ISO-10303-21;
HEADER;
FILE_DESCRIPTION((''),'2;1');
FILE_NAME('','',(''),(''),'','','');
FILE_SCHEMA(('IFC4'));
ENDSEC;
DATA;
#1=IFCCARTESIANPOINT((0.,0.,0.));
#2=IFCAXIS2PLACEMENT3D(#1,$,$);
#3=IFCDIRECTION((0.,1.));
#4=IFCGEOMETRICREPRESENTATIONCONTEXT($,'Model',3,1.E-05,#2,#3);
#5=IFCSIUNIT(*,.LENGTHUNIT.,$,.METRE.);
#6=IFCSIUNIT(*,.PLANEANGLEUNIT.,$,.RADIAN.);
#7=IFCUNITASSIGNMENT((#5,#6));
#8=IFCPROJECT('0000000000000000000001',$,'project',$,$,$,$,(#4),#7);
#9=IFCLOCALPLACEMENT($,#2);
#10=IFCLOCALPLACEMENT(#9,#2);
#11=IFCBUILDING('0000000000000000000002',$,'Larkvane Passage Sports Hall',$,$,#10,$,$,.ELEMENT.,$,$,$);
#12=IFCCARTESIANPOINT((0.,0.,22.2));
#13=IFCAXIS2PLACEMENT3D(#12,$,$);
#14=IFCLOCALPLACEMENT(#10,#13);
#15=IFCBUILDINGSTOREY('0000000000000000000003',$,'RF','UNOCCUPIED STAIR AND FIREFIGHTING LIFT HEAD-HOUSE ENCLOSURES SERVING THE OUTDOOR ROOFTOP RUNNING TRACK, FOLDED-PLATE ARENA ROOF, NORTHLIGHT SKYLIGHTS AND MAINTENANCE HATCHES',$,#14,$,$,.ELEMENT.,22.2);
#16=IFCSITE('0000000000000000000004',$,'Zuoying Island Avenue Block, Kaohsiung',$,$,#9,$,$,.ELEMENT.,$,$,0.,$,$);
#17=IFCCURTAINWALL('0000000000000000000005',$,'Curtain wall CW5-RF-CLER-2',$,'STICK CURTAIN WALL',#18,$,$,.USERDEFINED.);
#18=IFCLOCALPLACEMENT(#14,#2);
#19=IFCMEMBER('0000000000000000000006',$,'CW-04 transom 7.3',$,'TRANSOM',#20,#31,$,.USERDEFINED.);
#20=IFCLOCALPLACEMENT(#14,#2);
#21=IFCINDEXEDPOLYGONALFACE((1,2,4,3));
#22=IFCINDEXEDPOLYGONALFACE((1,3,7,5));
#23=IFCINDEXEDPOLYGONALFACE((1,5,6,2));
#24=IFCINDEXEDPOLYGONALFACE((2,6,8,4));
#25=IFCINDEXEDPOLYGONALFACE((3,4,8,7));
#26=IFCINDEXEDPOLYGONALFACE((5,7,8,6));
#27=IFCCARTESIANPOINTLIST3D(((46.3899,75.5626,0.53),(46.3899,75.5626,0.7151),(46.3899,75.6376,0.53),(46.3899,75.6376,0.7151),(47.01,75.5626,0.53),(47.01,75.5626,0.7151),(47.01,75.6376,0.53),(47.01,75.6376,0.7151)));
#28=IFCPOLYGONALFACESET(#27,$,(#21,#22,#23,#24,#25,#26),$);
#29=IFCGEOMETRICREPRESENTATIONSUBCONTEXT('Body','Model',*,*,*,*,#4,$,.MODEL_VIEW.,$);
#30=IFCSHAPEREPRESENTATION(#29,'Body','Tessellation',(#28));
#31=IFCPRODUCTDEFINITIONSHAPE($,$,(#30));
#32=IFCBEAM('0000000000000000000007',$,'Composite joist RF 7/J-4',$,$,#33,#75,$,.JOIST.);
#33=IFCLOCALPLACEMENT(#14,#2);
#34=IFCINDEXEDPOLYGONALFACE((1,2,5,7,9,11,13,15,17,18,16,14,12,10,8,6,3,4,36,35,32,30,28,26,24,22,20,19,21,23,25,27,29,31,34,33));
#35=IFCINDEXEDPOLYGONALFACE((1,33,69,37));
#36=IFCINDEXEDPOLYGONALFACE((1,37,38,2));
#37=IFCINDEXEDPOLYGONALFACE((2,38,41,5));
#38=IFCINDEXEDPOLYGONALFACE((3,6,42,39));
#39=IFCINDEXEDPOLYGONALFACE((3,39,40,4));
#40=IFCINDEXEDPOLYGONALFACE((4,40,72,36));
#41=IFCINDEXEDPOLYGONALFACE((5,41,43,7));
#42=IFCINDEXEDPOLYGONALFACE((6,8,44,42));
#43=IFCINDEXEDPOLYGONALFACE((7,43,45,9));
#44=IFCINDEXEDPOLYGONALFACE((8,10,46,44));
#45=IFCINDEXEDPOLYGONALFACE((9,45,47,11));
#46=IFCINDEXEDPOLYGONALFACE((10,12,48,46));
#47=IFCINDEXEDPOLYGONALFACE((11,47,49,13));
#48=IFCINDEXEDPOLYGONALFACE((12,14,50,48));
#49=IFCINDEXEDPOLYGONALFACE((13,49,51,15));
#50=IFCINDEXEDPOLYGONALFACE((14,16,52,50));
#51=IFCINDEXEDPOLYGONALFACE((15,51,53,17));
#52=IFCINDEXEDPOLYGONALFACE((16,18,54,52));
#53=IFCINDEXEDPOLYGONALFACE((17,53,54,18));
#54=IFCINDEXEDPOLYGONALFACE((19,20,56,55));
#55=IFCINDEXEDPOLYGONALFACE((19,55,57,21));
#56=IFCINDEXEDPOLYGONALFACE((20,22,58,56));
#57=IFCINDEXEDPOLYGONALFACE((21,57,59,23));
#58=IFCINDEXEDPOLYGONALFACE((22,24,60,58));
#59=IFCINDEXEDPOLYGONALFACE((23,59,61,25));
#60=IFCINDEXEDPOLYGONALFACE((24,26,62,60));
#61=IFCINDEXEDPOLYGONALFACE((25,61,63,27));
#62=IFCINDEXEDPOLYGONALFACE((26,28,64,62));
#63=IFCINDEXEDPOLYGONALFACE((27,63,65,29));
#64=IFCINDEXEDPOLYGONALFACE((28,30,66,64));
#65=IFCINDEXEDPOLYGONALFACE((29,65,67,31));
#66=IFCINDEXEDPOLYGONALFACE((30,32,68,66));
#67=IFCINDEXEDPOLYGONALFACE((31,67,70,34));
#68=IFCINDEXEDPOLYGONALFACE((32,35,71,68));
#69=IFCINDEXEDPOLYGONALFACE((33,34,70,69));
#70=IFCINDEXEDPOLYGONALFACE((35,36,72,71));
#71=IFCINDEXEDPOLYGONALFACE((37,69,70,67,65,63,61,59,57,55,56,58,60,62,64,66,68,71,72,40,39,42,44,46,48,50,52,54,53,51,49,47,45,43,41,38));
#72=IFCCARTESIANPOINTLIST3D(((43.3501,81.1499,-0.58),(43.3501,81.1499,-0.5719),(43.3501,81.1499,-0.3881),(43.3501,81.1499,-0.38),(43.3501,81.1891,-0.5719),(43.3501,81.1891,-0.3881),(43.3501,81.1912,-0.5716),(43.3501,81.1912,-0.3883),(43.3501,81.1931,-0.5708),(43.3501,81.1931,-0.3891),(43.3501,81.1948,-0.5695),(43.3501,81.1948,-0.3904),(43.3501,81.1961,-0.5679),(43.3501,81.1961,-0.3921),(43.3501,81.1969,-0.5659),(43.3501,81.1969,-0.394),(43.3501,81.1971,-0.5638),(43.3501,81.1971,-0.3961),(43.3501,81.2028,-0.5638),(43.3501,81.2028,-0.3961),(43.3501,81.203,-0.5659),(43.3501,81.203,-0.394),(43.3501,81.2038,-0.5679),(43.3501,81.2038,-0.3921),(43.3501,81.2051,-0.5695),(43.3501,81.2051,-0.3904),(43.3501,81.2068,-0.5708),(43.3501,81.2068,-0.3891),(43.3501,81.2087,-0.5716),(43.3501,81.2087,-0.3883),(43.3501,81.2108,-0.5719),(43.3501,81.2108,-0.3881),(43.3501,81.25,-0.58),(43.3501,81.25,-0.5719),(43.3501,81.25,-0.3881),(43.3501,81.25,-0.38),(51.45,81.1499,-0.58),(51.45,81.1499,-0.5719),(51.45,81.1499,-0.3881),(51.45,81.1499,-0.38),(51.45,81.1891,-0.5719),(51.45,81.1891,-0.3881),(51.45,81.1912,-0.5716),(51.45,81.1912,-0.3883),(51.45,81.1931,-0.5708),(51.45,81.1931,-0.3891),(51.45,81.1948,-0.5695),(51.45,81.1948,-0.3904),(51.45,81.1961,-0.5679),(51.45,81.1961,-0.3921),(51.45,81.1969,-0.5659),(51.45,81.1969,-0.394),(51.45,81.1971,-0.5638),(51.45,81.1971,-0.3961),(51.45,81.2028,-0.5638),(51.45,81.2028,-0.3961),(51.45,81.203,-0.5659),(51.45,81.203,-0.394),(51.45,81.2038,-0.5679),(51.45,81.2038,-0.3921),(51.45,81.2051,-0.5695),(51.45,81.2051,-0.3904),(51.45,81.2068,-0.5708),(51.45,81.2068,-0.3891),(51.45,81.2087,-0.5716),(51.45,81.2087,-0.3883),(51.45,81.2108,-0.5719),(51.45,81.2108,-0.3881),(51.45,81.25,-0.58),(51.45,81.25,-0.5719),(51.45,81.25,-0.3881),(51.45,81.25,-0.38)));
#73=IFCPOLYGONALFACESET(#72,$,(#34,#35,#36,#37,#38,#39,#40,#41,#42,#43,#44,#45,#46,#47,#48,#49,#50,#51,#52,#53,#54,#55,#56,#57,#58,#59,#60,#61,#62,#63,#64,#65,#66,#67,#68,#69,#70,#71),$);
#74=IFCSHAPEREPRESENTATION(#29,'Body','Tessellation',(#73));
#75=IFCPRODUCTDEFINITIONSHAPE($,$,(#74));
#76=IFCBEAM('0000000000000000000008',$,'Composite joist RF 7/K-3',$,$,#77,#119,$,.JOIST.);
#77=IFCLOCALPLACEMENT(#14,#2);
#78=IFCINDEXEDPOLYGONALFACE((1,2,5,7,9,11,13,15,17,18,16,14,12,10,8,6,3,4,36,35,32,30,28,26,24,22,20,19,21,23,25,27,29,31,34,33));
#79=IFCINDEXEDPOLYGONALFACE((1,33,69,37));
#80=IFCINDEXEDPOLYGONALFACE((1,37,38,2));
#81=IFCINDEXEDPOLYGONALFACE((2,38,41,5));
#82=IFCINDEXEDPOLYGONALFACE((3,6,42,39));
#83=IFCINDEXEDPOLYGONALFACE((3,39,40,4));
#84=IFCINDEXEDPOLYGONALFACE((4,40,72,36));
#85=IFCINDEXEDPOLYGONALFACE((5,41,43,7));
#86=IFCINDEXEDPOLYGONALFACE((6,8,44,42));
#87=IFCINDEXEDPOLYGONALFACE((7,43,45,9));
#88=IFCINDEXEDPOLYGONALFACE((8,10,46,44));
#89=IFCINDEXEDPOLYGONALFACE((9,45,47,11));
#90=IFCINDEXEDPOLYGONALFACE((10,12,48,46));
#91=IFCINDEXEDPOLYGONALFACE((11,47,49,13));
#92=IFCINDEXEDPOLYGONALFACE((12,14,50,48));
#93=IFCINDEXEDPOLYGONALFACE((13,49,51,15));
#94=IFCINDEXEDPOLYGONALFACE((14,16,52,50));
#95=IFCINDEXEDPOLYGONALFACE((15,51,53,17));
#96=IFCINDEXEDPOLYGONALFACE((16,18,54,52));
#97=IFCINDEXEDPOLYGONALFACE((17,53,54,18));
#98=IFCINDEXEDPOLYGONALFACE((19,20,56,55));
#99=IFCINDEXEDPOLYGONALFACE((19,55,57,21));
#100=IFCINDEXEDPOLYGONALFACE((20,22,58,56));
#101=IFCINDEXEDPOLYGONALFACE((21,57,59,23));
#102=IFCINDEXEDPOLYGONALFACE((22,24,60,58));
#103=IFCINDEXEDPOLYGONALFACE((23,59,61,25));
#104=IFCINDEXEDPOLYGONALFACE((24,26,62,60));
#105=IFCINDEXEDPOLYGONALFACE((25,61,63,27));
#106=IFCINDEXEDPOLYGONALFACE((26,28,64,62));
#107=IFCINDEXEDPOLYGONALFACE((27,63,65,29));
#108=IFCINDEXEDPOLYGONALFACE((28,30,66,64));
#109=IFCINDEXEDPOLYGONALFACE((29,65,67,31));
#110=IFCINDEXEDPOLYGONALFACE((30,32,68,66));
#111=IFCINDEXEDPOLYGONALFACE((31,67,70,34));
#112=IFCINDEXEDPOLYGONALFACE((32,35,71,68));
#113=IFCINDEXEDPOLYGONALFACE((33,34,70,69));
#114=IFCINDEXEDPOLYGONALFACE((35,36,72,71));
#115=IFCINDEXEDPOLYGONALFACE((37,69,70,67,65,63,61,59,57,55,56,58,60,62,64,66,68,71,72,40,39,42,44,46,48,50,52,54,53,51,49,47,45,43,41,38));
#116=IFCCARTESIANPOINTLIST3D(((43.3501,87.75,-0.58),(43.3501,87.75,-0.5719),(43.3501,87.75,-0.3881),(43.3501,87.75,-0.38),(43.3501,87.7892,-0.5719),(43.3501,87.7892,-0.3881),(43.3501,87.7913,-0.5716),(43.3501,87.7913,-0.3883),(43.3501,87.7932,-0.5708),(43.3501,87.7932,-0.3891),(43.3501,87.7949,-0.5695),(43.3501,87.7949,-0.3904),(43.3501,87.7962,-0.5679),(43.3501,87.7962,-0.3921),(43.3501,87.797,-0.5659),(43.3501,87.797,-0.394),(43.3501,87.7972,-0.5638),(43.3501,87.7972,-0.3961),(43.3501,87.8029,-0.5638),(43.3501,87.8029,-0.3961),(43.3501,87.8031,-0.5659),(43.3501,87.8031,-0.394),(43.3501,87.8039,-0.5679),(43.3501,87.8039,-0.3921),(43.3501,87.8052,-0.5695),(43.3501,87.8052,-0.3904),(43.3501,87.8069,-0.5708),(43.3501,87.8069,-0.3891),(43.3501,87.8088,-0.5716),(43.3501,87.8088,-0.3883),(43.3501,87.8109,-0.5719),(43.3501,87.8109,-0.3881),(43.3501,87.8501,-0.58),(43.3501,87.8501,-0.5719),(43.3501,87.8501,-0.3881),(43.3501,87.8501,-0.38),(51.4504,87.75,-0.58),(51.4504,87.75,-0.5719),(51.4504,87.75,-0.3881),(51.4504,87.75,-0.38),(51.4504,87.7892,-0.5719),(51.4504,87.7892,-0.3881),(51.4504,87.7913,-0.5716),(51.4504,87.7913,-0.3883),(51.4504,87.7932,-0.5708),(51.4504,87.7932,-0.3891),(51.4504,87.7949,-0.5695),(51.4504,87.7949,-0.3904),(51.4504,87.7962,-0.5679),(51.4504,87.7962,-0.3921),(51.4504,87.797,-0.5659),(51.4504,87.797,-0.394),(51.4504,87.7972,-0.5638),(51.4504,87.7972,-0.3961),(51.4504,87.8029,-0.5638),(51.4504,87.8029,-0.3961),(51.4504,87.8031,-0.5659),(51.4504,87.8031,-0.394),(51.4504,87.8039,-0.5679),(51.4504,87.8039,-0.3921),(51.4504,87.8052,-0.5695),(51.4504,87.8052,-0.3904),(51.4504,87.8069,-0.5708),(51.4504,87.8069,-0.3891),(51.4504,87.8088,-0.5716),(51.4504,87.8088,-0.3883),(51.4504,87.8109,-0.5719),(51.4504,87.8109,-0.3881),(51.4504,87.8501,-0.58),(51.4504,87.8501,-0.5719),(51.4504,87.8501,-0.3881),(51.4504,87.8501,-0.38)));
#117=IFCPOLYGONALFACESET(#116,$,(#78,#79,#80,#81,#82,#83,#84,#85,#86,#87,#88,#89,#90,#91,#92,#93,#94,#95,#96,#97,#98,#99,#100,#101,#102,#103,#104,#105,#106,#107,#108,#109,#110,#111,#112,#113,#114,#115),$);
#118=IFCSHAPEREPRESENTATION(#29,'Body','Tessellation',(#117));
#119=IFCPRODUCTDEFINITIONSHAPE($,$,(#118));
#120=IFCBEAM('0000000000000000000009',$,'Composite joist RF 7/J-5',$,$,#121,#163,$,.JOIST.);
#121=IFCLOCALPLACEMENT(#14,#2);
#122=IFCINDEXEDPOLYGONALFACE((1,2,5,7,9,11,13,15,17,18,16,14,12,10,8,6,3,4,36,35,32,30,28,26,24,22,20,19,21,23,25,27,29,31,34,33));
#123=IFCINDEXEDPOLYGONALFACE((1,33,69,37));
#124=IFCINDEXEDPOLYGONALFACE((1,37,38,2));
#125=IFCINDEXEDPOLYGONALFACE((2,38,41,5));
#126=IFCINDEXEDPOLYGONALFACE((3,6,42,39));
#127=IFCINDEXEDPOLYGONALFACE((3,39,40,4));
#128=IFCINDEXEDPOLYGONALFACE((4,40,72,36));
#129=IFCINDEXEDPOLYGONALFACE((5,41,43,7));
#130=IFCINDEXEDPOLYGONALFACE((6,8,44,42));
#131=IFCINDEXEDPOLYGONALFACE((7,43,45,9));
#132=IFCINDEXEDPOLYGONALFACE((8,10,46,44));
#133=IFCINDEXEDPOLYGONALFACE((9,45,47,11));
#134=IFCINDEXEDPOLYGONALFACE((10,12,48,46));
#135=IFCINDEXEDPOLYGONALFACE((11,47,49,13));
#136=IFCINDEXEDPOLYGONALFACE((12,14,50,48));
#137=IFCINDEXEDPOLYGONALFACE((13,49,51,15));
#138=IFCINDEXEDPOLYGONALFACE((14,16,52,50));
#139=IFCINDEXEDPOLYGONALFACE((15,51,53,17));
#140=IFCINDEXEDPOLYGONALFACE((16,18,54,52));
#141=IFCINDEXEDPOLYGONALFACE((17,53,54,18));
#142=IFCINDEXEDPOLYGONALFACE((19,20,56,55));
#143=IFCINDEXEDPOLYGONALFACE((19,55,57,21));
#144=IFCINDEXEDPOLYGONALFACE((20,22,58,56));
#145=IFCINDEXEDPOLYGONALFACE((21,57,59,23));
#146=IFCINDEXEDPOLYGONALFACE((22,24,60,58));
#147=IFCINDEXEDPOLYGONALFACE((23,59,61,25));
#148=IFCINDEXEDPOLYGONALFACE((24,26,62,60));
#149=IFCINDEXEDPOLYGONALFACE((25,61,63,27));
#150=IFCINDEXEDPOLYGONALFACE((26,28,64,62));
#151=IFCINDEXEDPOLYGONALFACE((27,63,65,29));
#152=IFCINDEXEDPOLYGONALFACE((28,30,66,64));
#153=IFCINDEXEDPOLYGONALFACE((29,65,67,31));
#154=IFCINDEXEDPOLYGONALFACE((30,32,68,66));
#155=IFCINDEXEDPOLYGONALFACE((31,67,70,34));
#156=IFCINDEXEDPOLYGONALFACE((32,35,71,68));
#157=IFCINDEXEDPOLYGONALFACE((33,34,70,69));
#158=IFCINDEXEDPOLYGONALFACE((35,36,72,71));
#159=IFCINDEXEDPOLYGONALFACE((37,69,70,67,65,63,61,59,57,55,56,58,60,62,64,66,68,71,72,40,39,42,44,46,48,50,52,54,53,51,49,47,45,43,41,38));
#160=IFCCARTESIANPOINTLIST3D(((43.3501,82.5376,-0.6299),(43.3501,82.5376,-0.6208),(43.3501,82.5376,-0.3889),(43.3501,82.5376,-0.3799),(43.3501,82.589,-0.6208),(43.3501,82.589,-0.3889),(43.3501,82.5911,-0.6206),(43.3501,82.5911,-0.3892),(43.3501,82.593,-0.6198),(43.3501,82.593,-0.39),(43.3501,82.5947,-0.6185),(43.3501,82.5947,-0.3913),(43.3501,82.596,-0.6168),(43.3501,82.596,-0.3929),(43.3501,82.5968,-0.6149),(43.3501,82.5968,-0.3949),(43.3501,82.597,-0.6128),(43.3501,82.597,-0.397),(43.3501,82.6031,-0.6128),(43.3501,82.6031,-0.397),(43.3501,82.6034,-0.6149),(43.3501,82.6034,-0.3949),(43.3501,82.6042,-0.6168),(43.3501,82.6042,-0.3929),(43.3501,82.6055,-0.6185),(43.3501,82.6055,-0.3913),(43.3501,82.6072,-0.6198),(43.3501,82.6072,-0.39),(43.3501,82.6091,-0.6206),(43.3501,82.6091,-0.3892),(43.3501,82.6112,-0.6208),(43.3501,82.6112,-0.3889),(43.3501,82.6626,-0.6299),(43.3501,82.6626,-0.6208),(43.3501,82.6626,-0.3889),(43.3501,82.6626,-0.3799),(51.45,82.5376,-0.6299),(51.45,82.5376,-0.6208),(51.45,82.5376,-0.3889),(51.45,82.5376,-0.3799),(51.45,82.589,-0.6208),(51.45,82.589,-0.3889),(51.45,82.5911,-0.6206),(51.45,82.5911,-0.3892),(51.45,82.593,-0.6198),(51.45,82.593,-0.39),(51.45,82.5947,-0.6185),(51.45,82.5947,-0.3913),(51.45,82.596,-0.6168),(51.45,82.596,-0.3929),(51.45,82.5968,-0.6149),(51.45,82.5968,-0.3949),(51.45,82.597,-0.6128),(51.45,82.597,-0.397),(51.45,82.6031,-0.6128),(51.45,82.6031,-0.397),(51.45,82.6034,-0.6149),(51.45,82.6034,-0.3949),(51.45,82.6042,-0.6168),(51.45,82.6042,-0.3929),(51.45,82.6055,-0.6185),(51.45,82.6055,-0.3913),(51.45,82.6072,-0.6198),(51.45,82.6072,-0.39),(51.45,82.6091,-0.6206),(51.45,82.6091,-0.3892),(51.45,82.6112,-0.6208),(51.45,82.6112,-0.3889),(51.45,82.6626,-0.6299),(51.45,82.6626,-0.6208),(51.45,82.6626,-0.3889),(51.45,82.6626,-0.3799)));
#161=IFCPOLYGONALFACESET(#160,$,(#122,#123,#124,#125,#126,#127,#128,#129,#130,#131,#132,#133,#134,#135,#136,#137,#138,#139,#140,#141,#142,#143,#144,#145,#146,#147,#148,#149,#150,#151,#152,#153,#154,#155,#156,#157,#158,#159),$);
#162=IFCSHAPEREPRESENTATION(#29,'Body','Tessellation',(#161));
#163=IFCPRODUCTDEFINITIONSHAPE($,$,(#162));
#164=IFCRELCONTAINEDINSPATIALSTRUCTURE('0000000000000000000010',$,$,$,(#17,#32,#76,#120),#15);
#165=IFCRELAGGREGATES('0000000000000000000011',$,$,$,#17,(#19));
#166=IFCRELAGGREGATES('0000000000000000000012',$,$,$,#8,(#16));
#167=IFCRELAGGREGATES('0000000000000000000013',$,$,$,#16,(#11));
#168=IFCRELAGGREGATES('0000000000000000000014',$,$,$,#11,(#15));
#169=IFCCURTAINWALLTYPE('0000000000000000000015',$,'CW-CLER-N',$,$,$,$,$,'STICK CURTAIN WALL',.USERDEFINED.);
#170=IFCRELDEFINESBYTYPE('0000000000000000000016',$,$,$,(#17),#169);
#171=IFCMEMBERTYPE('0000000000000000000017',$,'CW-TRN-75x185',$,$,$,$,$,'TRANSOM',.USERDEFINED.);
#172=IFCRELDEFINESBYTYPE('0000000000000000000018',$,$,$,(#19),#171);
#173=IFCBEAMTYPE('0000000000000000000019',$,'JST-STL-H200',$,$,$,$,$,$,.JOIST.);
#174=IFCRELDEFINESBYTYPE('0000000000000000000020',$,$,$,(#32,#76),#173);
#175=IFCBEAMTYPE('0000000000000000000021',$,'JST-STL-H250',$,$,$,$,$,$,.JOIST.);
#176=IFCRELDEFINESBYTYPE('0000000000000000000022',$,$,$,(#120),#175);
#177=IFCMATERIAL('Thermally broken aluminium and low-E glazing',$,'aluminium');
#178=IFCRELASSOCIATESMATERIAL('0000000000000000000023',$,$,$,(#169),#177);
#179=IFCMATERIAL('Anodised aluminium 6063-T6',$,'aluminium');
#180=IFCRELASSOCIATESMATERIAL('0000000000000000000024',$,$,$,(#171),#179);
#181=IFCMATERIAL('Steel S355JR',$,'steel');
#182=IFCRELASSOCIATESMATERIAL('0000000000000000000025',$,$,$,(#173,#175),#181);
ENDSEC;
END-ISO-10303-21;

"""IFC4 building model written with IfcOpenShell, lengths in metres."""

from ifc_helpers import new_model, si_unit, direction, frame, origin, origin_2d, place, context, subcontext, project, spatial, rectangle, i_section, extrude, material, material_profile, profile_set, type_object, element, aggregate, save


model = new_model("IFC4")

# Units and contexts
model_context = context("Model", 3, precision=1e-05, world=origin(), true_north=direction((0.0, 1.0)))
body_context = subcontext(model_context, "Body", "Model", "MODEL_VIEW")
ifc_project = project(units=[si_unit("LENGTHUNIT", "METRE"), si_unit("PLANEANGLEUNIT", "RADIAN")], contexts=[model_context])

# Site, building, storey
site_placement = place(None, origin())
site = spatial("IfcSite", under=ifc_project, at=site_placement, Name="Zuoying Island Avenue Block, Kaohsiung", CompositionType="ELEMENT", RefElevation=0.0)
building_placement = place(site_placement, origin())
building = spatial("IfcBuilding", under=site, at=building_placement, Name="Larkvane Passage Sports Hall", CompositionType="ELEMENT")
storey_placement = place(building_placement, frame((0.0, 0.0, 22.2)))
storey = spatial("IfcBuildingStorey", under=building, at=storey_placement, Name="RF", Description="UNOCCUPIED STAIR AND FIREFIGHTING LIFT HEAD-HOUSE ENCLOSURES SERVING THE OUTDOOR ROOFTOP RUNNING TRACK, FOLDED-PLATE ARENA ROOF, NORTHLIGHT SKYLIGHTS AND MAINTENANCE HATCHES", CompositionType="ELEMENT", Elevation=22.2)

# Curtain wall, member
ifc_material_1 = material(Name="Thermally broken aluminium and low-E glazing", Category="aluminium")
curtain_wall_type = type_object("IfcCurtainWallType", Name="CW-CLER-N", ElementType="STICK CURTAIN WALL", PredefinedType="USERDEFINED", material=ifc_material_1)
curtain_wall_placement = place(storey_placement, origin())
curtain_wall = element("IfcCurtainWall", 1, at=curtain_wall_placement, inside=storey, type_object=curtain_wall_type, Name="Curtain wall CW5-RF-CLER-2", ObjectType="STICK CURTAIN WALL", PredefinedType="USERDEFINED")
ifc_material_2 = material(Name="Anodised aluminium 6063-T6", Category="aluminium")
ifc_material_profile_1 = material_profile(ifc_material_2, rectangle(XDim=0.075, YDim=0.1851, at=origin_2d()), Name="ALU-TRN-75x185")
ifc_profile_set_1 = profile_set([ifc_material_profile_1], Name="Anodised aluminium 6063-T6")
member_type_1 = type_object("IfcMemberType", Name="CW-TRN-75x185", ElementType="TRANSOM", PredefinedType="USERDEFINED", material=ifc_profile_set_1)
member_1_placement = place(storey_placement, frame((47.01, 75.6001, 0.6226), z_axis=(-1.0, 0.0, 0.0), x_axis=(0.0, -1.0, 0.0)))
member_1 = element("IfcMember", 2, at=member_1_placement, type_object=member_type_1, Name="CW-04 transom 7.3", ObjectType="TRANSOM", PredefinedType="USERDEFINED", context=body_context, shape_type="SweptSolid", body=[
    extrude(rectangle(XDim=0.075, YDim=0.1851, at=origin_2d()), origin(), (0.0, 0.0, 1.0), 0.6201),
])

# Beams
ifc_material_3 = material(Name="Steel S355JR", Category="steel")
ifc_material_profile_2 = material_profile(ifc_material_3, i_section(OverallWidth=0.1001, OverallDepth=0.2, WebThickness=0.0056, FlangeThickness=0.0081, FilletRadius=0.0081, at=origin_2d()), Name="H-200x100x5.5x8")
ifc_profile_set_2 = profile_set([ifc_material_profile_2], Name="Steel S355JR")
beam_type_1 = type_object("IfcBeamType", Name="JST-STL-H200", PredefinedType="JOIST", material=ifc_profile_set_2)
beam_1_placement = place(storey_placement, frame((43.3501, 81.2, -0.48), z_axis=(1.0, 0.0, 0.0), x_axis=(0.0, 1.0, 0.0)))
element("IfcBeam", 3, at=beam_1_placement, inside=storey, type_object=beam_type_1, Name="Composite joist RF 7/J-4", PredefinedType="JOIST", context=body_context, shape_type="SweptSolid", body=[
    extrude(i_section(OverallWidth=0.1001, OverallDepth=0.2, WebThickness=0.0056, FlangeThickness=0.0081, FilletRadius=0.0081, at=origin_2d()), origin(), (0.0, 0.0, 1.0), 8.0999),
])
beam_2_placement = place(storey_placement, frame((43.3501, 87.8, -0.48), z_axis=(1.0, 0.0, 0.0), x_axis=(0.0, 1.0, 0.0)))
element("IfcBeam", 4, at=beam_2_placement, inside=storey, type_object=beam_type_1, Name="Composite joist RF 7/K-3", PredefinedType="JOIST", context=body_context, shape_type="SweptSolid", body=[
    extrude(i_section(OverallWidth=0.1001, OverallDepth=0.2, WebThickness=0.0056, FlangeThickness=0.0081, FilletRadius=0.0081, at=origin_2d()), origin(), (0.0, 0.0, 1.0), 8.1003),
])
ifc_material_profile_3 = material_profile(ifc_material_3, i_section(OverallWidth=0.125, OverallDepth=0.25, WebThickness=0.0061, FlangeThickness=0.009, FilletRadius=0.0081, at=origin_2d()), Name="H-250x125x6x9")
ifc_profile_set_3 = profile_set([ifc_material_profile_3], Name="Steel S355JR")
beam_type_2 = type_object("IfcBeamType", Name="JST-STL-H250", PredefinedType="JOIST", material=ifc_profile_set_3)
beam_3_placement = place(storey_placement, frame((43.3501, 82.6001, -0.5049), z_axis=(1.0, 0.0, 0.0), x_axis=(0.0, 1.0, 0.0)))
element("IfcBeam", 5, at=beam_3_placement, inside=storey, type_object=beam_type_2, Name="Composite joist RF 7/J-5", PredefinedType="JOIST", context=body_context, shape_type="SweptSolid", body=[
    extrude(i_section(OverallWidth=0.125, OverallDepth=0.25, WebThickness=0.0061, FlangeThickness=0.009, FilletRadius=0.0081, at=origin_2d()), origin(), (0.0, 0.0, 1.0), 8.0999),
])

aggregate(curtain_wall, [member_1])

save(model, "model.ifc")
